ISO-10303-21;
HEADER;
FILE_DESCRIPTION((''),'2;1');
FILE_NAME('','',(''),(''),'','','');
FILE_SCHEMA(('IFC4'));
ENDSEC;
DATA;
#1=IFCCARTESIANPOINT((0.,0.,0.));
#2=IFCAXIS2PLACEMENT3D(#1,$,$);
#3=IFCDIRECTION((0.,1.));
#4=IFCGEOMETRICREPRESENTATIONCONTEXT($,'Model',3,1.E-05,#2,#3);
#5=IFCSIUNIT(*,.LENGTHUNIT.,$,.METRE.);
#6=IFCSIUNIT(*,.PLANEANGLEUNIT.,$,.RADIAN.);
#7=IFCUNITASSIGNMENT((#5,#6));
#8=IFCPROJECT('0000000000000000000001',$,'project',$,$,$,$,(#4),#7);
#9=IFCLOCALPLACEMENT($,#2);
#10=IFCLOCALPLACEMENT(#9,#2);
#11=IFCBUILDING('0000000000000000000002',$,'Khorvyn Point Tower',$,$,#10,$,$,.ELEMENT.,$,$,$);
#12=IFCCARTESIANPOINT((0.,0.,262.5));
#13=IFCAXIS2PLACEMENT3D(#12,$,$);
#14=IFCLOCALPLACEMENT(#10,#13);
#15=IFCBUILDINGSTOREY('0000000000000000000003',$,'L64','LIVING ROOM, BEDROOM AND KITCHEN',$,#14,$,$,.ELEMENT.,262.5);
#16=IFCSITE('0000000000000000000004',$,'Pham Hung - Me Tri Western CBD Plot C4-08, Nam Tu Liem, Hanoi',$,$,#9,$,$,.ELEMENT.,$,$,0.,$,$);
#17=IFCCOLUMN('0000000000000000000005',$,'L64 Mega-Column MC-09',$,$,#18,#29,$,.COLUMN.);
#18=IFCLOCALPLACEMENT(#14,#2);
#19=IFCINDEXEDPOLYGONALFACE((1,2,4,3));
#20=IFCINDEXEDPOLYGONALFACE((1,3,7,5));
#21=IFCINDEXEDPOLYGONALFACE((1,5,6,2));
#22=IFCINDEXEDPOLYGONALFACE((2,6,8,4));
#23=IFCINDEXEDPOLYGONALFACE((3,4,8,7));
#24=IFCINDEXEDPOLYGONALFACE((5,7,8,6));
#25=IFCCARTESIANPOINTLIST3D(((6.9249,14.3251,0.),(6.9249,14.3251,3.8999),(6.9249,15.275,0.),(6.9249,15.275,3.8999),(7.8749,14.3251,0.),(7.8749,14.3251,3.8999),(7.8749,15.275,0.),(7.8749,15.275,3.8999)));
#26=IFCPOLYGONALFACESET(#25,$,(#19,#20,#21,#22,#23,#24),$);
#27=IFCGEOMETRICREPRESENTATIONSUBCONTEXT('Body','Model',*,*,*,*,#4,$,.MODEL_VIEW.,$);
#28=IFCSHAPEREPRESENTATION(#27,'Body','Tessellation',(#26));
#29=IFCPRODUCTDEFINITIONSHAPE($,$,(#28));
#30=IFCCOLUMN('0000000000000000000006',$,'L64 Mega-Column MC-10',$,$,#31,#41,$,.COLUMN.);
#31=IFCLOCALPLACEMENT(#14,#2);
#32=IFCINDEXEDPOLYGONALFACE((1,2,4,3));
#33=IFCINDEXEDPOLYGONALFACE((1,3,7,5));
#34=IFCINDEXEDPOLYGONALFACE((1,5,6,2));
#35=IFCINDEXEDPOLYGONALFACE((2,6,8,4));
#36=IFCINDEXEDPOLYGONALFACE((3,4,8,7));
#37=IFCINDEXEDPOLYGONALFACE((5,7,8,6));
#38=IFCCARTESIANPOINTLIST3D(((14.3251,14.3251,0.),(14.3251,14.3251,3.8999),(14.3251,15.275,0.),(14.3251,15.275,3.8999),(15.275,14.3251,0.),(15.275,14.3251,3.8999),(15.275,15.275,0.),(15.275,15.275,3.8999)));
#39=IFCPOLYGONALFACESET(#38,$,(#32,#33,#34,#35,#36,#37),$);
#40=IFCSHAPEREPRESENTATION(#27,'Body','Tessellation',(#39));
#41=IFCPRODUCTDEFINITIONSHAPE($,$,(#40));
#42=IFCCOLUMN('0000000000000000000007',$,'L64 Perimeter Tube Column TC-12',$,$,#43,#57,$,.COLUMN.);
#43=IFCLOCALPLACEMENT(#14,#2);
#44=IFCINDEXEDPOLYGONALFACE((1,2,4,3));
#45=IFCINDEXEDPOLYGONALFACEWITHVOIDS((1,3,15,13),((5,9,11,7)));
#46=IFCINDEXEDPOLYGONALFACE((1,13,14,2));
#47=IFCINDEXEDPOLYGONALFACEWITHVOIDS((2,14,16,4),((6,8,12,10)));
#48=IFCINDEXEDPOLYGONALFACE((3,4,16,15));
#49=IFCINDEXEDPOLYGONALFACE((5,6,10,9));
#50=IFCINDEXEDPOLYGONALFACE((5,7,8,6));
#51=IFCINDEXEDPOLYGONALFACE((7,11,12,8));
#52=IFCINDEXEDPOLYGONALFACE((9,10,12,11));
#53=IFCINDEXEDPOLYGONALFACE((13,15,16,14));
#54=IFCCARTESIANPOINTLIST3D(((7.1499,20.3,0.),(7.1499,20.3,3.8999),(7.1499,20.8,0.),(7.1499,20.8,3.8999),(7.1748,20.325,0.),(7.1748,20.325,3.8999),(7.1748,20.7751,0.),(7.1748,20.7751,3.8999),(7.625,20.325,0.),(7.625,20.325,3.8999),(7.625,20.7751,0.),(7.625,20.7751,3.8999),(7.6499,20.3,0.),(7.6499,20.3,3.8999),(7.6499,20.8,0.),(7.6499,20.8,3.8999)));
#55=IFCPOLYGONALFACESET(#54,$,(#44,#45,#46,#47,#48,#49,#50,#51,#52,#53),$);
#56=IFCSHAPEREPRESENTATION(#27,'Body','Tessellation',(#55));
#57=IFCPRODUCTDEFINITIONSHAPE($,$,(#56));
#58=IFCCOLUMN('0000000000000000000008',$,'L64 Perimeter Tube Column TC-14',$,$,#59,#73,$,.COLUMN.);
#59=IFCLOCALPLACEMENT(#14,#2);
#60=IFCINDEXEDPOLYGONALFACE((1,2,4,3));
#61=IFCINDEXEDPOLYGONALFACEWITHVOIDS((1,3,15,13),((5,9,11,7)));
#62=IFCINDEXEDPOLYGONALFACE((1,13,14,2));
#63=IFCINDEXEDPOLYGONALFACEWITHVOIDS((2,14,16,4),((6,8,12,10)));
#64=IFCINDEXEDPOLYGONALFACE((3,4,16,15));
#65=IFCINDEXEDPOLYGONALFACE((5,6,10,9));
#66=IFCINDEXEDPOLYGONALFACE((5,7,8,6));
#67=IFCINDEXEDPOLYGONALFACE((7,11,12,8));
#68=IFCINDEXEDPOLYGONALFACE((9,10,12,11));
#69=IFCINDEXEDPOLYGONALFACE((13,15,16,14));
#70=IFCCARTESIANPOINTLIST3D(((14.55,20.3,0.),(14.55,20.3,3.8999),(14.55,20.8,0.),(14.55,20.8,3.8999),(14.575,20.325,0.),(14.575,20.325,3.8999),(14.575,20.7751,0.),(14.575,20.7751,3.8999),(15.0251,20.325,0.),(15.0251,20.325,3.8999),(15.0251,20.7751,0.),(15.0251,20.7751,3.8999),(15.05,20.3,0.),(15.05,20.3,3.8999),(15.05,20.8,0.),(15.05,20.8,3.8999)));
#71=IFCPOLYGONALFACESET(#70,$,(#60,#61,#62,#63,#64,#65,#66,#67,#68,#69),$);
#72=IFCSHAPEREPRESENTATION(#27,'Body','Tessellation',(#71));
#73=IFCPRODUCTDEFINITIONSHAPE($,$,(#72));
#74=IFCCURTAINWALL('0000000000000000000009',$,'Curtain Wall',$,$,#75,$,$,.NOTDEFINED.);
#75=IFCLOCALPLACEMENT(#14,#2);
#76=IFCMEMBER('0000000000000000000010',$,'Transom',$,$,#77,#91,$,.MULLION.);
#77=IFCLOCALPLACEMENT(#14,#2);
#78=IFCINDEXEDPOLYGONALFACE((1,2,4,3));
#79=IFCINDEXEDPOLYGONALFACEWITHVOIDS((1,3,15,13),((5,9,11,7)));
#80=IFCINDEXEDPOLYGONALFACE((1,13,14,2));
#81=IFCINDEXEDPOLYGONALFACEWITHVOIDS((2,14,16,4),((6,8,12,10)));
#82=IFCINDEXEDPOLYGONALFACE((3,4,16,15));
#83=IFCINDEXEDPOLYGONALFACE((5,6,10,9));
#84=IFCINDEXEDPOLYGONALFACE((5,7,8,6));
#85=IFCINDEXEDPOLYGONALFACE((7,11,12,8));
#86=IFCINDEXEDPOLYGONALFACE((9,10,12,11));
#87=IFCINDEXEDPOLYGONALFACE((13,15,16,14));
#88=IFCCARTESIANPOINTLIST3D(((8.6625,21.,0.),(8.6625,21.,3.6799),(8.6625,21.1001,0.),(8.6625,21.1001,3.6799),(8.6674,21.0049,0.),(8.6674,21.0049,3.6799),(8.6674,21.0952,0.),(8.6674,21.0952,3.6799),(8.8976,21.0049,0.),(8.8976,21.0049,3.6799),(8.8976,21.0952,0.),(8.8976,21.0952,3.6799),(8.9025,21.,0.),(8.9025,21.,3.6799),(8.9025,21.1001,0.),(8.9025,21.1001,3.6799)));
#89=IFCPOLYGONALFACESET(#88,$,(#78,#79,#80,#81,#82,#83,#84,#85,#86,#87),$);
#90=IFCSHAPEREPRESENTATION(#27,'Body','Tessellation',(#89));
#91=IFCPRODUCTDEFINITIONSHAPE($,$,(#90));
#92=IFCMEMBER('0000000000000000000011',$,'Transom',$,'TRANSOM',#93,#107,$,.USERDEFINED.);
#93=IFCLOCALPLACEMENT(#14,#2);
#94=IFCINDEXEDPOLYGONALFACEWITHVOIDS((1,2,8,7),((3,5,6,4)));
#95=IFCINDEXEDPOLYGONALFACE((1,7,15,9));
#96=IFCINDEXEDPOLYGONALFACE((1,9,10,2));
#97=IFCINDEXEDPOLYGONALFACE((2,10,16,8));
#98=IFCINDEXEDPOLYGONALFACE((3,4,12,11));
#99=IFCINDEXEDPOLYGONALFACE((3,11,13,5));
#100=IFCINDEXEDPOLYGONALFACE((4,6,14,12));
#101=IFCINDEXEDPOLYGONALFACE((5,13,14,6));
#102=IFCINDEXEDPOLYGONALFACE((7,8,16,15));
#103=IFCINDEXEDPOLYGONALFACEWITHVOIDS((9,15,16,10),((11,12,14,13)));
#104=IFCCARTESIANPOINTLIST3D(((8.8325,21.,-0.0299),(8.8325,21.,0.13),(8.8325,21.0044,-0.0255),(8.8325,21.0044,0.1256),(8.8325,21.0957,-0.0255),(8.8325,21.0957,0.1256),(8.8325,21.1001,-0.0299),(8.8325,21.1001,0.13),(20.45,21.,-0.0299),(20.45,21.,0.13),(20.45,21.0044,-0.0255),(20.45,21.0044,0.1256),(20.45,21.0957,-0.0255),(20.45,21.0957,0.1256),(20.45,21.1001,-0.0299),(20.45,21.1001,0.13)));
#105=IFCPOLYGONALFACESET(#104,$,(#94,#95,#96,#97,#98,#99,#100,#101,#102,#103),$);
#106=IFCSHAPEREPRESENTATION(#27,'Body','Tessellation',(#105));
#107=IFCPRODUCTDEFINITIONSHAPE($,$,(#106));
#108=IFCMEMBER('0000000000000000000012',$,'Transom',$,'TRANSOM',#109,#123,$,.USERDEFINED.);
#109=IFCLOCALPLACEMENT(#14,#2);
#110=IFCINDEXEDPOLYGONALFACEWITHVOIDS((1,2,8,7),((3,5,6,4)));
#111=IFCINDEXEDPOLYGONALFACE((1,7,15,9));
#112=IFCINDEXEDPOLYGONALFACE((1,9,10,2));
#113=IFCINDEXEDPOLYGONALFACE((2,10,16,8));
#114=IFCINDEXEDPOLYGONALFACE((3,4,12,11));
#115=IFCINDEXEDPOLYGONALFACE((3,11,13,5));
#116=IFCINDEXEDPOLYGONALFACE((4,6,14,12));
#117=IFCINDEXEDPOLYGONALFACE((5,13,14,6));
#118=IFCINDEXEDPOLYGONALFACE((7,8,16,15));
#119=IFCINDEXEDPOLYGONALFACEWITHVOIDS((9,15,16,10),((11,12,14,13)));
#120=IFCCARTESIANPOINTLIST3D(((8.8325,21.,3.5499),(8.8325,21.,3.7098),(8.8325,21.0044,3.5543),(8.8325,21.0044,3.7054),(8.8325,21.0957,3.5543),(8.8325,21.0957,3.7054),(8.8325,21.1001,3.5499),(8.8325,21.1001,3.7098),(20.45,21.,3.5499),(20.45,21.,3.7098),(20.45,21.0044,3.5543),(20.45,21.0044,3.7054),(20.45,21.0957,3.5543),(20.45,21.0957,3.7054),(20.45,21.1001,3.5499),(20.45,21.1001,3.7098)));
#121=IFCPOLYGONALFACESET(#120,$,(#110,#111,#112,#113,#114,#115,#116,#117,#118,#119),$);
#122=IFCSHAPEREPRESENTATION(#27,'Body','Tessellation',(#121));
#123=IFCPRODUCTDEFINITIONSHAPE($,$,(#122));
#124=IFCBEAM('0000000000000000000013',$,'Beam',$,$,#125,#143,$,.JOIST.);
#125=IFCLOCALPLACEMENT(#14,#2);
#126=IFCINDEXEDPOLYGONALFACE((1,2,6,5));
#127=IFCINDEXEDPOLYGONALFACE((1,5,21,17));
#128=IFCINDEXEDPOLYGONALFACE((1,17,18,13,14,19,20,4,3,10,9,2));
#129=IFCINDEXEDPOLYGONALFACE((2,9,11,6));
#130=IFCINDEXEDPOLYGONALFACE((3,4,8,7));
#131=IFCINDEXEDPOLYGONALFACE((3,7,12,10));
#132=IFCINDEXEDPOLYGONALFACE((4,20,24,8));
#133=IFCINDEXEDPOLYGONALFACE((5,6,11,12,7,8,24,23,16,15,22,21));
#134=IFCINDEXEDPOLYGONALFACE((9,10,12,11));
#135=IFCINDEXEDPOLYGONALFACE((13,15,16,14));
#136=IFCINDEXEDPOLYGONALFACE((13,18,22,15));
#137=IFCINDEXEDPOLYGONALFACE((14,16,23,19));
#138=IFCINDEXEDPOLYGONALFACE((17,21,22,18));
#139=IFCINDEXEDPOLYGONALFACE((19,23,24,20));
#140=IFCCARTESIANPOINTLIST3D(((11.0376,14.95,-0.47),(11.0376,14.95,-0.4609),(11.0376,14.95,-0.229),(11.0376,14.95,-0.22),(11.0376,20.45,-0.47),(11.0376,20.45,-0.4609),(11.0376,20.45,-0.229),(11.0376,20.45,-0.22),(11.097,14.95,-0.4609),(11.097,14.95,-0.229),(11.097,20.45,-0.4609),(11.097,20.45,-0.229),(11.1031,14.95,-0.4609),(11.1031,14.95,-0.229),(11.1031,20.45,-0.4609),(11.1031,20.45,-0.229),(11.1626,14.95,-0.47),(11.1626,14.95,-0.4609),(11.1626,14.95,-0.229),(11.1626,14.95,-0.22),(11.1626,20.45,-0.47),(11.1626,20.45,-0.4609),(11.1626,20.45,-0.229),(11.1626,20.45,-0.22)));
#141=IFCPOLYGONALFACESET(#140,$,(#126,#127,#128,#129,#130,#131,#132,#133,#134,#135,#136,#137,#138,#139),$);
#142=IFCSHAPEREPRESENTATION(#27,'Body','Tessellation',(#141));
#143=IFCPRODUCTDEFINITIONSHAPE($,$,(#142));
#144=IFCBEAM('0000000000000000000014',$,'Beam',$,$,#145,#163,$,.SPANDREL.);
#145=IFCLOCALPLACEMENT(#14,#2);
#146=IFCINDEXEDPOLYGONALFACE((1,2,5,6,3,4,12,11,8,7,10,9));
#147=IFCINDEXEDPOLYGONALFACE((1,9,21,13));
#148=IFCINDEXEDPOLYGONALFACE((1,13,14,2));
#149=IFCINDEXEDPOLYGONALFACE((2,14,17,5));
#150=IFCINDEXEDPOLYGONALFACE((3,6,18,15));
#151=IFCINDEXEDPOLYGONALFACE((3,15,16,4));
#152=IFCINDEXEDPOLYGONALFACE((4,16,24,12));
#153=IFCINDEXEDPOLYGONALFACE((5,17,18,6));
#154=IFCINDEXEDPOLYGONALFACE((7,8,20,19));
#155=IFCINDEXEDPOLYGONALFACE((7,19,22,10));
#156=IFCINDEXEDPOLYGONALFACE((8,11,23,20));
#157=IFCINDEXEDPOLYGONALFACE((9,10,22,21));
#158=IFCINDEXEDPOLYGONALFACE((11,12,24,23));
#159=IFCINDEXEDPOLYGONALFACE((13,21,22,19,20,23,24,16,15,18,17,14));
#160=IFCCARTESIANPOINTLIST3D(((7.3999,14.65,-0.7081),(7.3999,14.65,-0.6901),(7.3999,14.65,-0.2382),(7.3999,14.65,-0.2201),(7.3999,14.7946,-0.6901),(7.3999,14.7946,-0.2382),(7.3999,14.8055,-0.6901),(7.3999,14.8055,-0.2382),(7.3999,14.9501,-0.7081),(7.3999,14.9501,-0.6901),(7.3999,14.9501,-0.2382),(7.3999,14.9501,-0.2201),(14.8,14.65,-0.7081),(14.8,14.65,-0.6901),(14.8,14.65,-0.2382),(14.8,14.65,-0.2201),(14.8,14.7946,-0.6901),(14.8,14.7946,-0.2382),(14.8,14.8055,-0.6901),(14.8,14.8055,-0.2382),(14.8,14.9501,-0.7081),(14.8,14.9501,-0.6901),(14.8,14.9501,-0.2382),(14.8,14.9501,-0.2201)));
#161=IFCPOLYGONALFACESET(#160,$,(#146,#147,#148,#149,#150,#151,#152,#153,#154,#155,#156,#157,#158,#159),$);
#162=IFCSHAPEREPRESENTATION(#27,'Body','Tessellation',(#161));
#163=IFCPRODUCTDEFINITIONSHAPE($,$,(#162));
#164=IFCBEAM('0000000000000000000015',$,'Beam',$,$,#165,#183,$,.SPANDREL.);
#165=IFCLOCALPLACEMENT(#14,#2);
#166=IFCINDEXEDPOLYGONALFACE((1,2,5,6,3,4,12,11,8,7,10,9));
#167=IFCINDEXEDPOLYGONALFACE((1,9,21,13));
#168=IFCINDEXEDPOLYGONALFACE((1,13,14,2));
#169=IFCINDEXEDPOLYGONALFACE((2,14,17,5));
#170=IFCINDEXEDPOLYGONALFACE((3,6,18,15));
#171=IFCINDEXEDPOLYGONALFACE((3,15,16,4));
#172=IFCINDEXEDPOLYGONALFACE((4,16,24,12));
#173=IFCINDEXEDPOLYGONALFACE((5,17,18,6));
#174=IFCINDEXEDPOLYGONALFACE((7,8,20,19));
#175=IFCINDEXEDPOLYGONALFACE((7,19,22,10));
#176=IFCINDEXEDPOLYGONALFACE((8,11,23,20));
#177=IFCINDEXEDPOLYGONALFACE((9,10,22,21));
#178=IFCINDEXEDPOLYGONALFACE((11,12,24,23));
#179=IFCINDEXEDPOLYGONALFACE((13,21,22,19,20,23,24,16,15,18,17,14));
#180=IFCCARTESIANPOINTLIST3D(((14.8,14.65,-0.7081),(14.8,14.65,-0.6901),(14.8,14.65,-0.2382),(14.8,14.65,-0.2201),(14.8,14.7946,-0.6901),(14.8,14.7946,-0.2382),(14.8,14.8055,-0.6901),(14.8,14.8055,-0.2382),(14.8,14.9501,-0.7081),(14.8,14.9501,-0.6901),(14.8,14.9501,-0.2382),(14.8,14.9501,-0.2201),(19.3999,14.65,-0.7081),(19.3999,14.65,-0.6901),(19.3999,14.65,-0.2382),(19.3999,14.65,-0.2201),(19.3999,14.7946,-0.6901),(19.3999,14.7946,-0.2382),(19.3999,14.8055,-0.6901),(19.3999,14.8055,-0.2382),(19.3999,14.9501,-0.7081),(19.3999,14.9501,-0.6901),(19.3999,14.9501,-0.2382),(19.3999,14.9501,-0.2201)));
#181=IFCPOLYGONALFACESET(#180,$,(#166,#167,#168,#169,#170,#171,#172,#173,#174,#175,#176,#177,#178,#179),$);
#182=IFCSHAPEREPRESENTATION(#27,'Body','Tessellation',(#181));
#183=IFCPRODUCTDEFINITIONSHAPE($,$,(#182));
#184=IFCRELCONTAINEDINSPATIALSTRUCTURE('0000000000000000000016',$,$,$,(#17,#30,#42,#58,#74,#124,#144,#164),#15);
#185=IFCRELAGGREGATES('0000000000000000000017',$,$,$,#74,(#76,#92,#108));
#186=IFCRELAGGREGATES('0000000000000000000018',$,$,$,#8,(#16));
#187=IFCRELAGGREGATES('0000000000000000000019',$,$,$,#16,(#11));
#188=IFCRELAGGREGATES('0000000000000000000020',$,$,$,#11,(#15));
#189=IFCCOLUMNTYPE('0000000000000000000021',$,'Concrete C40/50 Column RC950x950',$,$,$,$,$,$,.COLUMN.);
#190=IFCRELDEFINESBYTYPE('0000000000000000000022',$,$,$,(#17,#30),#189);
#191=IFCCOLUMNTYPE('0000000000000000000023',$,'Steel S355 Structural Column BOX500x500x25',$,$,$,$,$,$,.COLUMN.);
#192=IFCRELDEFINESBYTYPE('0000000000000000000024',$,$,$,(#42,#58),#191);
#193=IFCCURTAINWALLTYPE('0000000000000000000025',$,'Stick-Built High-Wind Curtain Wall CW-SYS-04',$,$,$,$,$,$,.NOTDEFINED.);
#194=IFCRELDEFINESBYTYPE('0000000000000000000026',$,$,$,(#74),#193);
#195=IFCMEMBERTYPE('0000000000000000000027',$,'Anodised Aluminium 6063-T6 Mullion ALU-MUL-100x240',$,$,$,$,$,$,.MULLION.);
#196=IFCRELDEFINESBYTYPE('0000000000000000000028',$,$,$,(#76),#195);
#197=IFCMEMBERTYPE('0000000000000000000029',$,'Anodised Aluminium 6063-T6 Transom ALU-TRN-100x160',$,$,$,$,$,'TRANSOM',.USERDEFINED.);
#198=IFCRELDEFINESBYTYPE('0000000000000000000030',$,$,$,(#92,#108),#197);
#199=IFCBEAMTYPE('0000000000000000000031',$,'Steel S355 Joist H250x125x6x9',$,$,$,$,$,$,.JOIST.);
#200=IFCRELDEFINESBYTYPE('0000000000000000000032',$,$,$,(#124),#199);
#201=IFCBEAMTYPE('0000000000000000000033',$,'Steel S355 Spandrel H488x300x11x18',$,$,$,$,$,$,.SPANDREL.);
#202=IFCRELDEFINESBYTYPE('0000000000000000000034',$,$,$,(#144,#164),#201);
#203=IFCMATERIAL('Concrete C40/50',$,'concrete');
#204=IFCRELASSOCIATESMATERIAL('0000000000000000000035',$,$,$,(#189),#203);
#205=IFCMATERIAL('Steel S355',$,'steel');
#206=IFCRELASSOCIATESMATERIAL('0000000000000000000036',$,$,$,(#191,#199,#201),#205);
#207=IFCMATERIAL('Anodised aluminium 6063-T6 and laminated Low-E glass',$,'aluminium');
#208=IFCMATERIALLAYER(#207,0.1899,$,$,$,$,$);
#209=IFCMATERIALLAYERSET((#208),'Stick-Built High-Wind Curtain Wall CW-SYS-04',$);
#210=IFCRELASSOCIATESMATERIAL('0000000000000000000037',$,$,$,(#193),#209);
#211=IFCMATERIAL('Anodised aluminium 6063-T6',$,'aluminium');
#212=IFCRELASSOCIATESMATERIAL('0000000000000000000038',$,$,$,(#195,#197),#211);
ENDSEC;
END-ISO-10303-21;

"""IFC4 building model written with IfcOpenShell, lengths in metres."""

from ifc_helpers import new_model, si_unit, direction, frame, origin, origin_2d, place, context, subcontext, project, spatial, rectangle, hollow_rectangle, i_section, extrude, material, layer, layer_set, material_profile, profile_set, type_object, element, aggregate, save


model = new_model("IFC4")

# Units and contexts
model_context = context("Model", 3, precision=1e-05, world=origin(), true_north=direction((0.0, 1.0)))
body_context = subcontext(model_context, "Body", "Model", "MODEL_VIEW")
ifc_project = project(units=[si_unit("LENGTHUNIT", "METRE"), si_unit("PLANEANGLEUNIT", "RADIAN")], contexts=[model_context])

# Site, building, storey
site_placement = place(None, origin())
site = spatial("IfcSite", under=ifc_project, at=site_placement, Name="Pham Hung - Me Tri Western CBD Plot C4-08, Nam Tu Liem, Hanoi", CompositionType="ELEMENT", RefElevation=0.0)
building_placement = place(site_placement, origin())
building = spatial("IfcBuilding", under=site, at=building_placement, Name="Khorvyn Point Tower", CompositionType="ELEMENT")
storey_placement = place(building_placement, frame((0.0, 0.0, 262.5)))
storey = spatial("IfcBuildingStorey", under=building, at=storey_placement, Name="L64", Description="LIVING ROOM, BEDROOM AND KITCHEN", CompositionType="ELEMENT", Elevation=262.5)

# Columns
ifc_material_1 = material(Name="Concrete C40/50", Category="concrete")
ifc_material_profile_1 = material_profile(ifc_material_1, rectangle(XDim=0.95, YDim=0.95, at=origin_2d()))
ifc_profile_set_1 = profile_set([ifc_material_profile_1], Name="Concrete C40/50 RC950x950")
column_type_1 = type_object("IfcColumnType", Name="Concrete C40/50 Column RC950x950", PredefinedType="COLUMN", material=ifc_profile_set_1)
for number, where, z_axis, x_axis, name in (
    (1, (7.3999, 14.8, 0.0), (0.0, 0.0, 1.0), (1.0, 0.0, 0.0), "L64 Mega-Column MC-09"),
    (2, (14.8, 14.8, 0.0), (0.0, 0.0, 1.0), (1.0, 0.0, 0.0), "L64 Mega-Column MC-10"),
):
    element("IfcColumn", number, at=place(storey_placement, frame(where, z_axis=z_axis, x_axis=x_axis)), inside=storey, type_object=column_type_1, Name=name, PredefinedType="COLUMN", context=body_context, shape_type="SweptSolid", body=[
        extrude(rectangle(XDim=0.95, YDim=0.95, at=origin_2d()), origin(), (0.0, 0.0, 1.0), 3.8999),
    ])
ifc_material_2 = material(Name="Steel S355", Category="steel")
ifc_material_profile_2 = material_profile(ifc_material_2, hollow_rectangle(XDim=0.5, YDim=0.5, WallThickness=0.0249, at=origin_2d()))
ifc_profile_set_2 = profile_set([ifc_material_profile_2], Name="Steel S355 BOX500x500x25")
column_type_2 = type_object("IfcColumnType", Name="Steel S355 Structural Column BOX500x500x25", PredefinedType="COLUMN", material=ifc_profile_set_2)
for number, where, z_axis, x_axis, name in (
    (3, (7.3999, 20.55, 0.0), (0.0, 0.0, 1.0), (1.0, 0.0, 0.0), "L64 Perimeter Tube Column TC-12"),
    (4, (14.8, 20.55, 0.0), (0.0, 0.0, 1.0), (1.0, 0.0, 0.0), "L64 Perimeter Tube Column TC-14"),
):
    element("IfcColumn", number, at=place(storey_placement, frame(where, z_axis=z_axis, x_axis=x_axis)), inside=storey, type_object=column_type_2, Name=name, PredefinedType="COLUMN", context=body_context, shape_type="SweptSolid", body=[
        extrude(hollow_rectangle(XDim=0.5, YDim=0.5, WallThickness=0.0249, at=origin_2d()), origin(), (0.0, 0.0, 1.0), 3.8999),
    ])

# Curtain wall, members
ifc_material_3 = material(Name="Anodised aluminium 6063-T6 and laminated Low-E glass", Category="aluminium")
ifc_layer_1 = layer(ifc_material_3, 0.1899)
ifc_layer_set_1 = layer_set([ifc_layer_1], Name="Stick-Built High-Wind Curtain Wall CW-SYS-04")
curtain_wall_type = type_object("IfcCurtainWallType", Name="Stick-Built High-Wind Curtain Wall CW-SYS-04", PredefinedType="NOTDEFINED", material=ifc_layer_set_1)
curtain_wall_placement = place(storey_placement, origin())
curtain_wall = element("IfcCurtainWall", 5, at=curtain_wall_placement, inside=storey, type_object=curtain_wall_type, Name="Curtain Wall", PredefinedType="NOTDEFINED")
ifc_material_4 = material(Name="Anodised aluminium 6063-T6", Category="aluminium")
ifc_material_profile_3 = material_profile(ifc_material_4, hollow_rectangle(XDim=0.1001, YDim=0.24, WallThickness=0.0049, at=origin_2d()))
ifc_profile_set_3 = profile_set([ifc_material_profile_3], Name="Anodised aluminium 6063-T6 ALU-MUL-100x240")
member_type_1 = type_object("IfcMemberType", Name="Anodised Aluminium 6063-T6 Mullion ALU-MUL-100x240", PredefinedType="MULLION", material=ifc_profile_set_3)
member_1_placement = place(storey_placement, frame((8.7825, 21.05, 0.0), z_axis=(0.0, 0.0, 1.0), x_axis=(0.0, 1.0, 0.0)))
member_1 = element("IfcMember", 6, at=member_1_placement, type_object=member_type_1, Name="Transom", PredefinedType="MULLION", context=body_context, shape_type="SweptSolid", body=[
    extrude(hollow_rectangle(XDim=0.1001, YDim=0.24, WallThickness=0.0049, at=origin_2d()), origin(), (0.0, 0.0, 1.0), 3.6799),
])
ifc_material_profile_4 = material_profile(ifc_material_4, hollow_rectangle(XDim=0.1001, YDim=0.1599, WallThickness=0.0044, at=origin_2d()))
ifc_profile_set_4 = profile_set([ifc_material_profile_4], Name="Anodised aluminium 6063-T6 ALU-TRN-100x160")
member_type_2 = type_object("IfcMemberType", Name="Anodised Aluminium 6063-T6 Transom ALU-TRN-100x160", ElementType="TRANSOM", PredefinedType="USERDEFINED", material=ifc_profile_set_4)
member_2_placement = place(storey_placement, frame((8.8325, 21.05, 0.05), z_axis=(1.0, 0.0, 0.0), x_axis=(0.0, 1.0, 0.0)))
member_2 = element("IfcMember", 7, at=member_2_placement, type_object=member_type_2, Name="Transom", ObjectType="TRANSOM", PredefinedType="USERDEFINED", context=body_context, shape_type="SweptSolid", body=[
    extrude(hollow_rectangle(XDim=0.1001, YDim=0.1599, WallThickness=0.0044, at=origin_2d()), origin(), (0.0, 0.0, 1.0), 11.6174),
])
member_3_placement = place(storey_placement, frame((8.8325, 21.05, 3.6299), z_axis=(1.0, 0.0, 0.0), x_axis=(0.0, 1.0, 0.0)))
member_3 = element("IfcMember", 8, at=member_3_placement, type_object=member_type_2, Name="Transom", ObjectType="TRANSOM", PredefinedType="USERDEFINED", context=body_context, shape_type="SweptSolid", body=[
    extrude(hollow_rectangle(XDim=0.1001, YDim=0.1599, WallThickness=0.0044, at=origin_2d()), origin(), (0.0, 0.0, 1.0), 11.6174),
])

# Beams
ifc_material_profile_5 = material_profile(ifc_material_2, i_section(OverallWidth=0.125, OverallDepth=0.25, WebThickness=0.0061, FlangeThickness=0.009, at=origin_2d()))
ifc_profile_set_5 = profile_set([ifc_material_profile_5], Name="Steel S355 H250x125x6x9")
beam_type_1 = type_object("IfcBeamType", Name="Steel S355 Joist H250x125x6x9", PredefinedType="JOIST", material=ifc_profile_set_5)
beam_1_placement = place(storey_placement, frame((11.1001, 14.95, -0.345), z_axis=(0.0, 1.0, 0.0), x_axis=(-1.0, 0.0, 0.0)))
element("IfcBeam", 9, at=beam_1_placement, inside=storey, type_object=beam_type_1, Name="Beam", PredefinedType="JOIST", context=body_context, shape_type="SweptSolid", body=[
    extrude(i_section(OverallWidth=0.125, OverallDepth=0.25, WebThickness=0.0061, FlangeThickness=0.009, at=origin_2d()), origin(), (0.0, 0.0, 1.0), 5.5),
])
ifc_material_profile_6 = material_profile(ifc_material_2, i_section(OverallWidth=0.3, OverallDepth=0.488, WebThickness=0.011, FlangeThickness=0.0181, at=origin_2d()))
ifc_profile_set_6 = profile_set([ifc_material_profile_6], Name="Steel S355 H488x300x11x18")
beam_type_2 = type_object("IfcBeamType", Name="Steel S355 Spandrel H488x300x11x18", PredefinedType="SPANDREL", material=ifc_profile_set_6)
beam_2_placement = place(storey_placement, frame((7.3999, 14.8, -0.4641), z_axis=(1.0, 0.0, 0.0), x_axis=(0.0, 1.0, 0.0)))
element("IfcBeam", 10, at=beam_2_placement, inside=storey, type_object=beam_type_2, Name="Beam", PredefinedType="SPANDREL", context=body_context, shape_type="SweptSolid", body=[
    extrude(i_section(OverallWidth=0.3, OverallDepth=0.488, WebThickness=0.011, FlangeThickness=0.0181, at=origin_2d()), origin(), (0.0, 0.0, 1.0), 7.4001),
])
beam_3_placement = place(storey_placement, frame((14.8, 14.8, -0.4641), z_axis=(1.0, 0.0, 0.0), x_axis=(0.0, 1.0, 0.0)))
element("IfcBeam", 11, at=beam_3_placement, inside=storey, type_object=beam_type_2, Name="Beam", PredefinedType="SPANDREL", context=body_context, shape_type="SweptSolid", body=[
    extrude(i_section(OverallWidth=0.3, OverallDepth=0.488, WebThickness=0.011, FlangeThickness=0.0181, at=origin_2d()), origin(), (0.0, 0.0, 1.0), 4.5999),
])

aggregate(curtain_wall, [member_1, member_2, member_3])

save(model, "model.ifc")
